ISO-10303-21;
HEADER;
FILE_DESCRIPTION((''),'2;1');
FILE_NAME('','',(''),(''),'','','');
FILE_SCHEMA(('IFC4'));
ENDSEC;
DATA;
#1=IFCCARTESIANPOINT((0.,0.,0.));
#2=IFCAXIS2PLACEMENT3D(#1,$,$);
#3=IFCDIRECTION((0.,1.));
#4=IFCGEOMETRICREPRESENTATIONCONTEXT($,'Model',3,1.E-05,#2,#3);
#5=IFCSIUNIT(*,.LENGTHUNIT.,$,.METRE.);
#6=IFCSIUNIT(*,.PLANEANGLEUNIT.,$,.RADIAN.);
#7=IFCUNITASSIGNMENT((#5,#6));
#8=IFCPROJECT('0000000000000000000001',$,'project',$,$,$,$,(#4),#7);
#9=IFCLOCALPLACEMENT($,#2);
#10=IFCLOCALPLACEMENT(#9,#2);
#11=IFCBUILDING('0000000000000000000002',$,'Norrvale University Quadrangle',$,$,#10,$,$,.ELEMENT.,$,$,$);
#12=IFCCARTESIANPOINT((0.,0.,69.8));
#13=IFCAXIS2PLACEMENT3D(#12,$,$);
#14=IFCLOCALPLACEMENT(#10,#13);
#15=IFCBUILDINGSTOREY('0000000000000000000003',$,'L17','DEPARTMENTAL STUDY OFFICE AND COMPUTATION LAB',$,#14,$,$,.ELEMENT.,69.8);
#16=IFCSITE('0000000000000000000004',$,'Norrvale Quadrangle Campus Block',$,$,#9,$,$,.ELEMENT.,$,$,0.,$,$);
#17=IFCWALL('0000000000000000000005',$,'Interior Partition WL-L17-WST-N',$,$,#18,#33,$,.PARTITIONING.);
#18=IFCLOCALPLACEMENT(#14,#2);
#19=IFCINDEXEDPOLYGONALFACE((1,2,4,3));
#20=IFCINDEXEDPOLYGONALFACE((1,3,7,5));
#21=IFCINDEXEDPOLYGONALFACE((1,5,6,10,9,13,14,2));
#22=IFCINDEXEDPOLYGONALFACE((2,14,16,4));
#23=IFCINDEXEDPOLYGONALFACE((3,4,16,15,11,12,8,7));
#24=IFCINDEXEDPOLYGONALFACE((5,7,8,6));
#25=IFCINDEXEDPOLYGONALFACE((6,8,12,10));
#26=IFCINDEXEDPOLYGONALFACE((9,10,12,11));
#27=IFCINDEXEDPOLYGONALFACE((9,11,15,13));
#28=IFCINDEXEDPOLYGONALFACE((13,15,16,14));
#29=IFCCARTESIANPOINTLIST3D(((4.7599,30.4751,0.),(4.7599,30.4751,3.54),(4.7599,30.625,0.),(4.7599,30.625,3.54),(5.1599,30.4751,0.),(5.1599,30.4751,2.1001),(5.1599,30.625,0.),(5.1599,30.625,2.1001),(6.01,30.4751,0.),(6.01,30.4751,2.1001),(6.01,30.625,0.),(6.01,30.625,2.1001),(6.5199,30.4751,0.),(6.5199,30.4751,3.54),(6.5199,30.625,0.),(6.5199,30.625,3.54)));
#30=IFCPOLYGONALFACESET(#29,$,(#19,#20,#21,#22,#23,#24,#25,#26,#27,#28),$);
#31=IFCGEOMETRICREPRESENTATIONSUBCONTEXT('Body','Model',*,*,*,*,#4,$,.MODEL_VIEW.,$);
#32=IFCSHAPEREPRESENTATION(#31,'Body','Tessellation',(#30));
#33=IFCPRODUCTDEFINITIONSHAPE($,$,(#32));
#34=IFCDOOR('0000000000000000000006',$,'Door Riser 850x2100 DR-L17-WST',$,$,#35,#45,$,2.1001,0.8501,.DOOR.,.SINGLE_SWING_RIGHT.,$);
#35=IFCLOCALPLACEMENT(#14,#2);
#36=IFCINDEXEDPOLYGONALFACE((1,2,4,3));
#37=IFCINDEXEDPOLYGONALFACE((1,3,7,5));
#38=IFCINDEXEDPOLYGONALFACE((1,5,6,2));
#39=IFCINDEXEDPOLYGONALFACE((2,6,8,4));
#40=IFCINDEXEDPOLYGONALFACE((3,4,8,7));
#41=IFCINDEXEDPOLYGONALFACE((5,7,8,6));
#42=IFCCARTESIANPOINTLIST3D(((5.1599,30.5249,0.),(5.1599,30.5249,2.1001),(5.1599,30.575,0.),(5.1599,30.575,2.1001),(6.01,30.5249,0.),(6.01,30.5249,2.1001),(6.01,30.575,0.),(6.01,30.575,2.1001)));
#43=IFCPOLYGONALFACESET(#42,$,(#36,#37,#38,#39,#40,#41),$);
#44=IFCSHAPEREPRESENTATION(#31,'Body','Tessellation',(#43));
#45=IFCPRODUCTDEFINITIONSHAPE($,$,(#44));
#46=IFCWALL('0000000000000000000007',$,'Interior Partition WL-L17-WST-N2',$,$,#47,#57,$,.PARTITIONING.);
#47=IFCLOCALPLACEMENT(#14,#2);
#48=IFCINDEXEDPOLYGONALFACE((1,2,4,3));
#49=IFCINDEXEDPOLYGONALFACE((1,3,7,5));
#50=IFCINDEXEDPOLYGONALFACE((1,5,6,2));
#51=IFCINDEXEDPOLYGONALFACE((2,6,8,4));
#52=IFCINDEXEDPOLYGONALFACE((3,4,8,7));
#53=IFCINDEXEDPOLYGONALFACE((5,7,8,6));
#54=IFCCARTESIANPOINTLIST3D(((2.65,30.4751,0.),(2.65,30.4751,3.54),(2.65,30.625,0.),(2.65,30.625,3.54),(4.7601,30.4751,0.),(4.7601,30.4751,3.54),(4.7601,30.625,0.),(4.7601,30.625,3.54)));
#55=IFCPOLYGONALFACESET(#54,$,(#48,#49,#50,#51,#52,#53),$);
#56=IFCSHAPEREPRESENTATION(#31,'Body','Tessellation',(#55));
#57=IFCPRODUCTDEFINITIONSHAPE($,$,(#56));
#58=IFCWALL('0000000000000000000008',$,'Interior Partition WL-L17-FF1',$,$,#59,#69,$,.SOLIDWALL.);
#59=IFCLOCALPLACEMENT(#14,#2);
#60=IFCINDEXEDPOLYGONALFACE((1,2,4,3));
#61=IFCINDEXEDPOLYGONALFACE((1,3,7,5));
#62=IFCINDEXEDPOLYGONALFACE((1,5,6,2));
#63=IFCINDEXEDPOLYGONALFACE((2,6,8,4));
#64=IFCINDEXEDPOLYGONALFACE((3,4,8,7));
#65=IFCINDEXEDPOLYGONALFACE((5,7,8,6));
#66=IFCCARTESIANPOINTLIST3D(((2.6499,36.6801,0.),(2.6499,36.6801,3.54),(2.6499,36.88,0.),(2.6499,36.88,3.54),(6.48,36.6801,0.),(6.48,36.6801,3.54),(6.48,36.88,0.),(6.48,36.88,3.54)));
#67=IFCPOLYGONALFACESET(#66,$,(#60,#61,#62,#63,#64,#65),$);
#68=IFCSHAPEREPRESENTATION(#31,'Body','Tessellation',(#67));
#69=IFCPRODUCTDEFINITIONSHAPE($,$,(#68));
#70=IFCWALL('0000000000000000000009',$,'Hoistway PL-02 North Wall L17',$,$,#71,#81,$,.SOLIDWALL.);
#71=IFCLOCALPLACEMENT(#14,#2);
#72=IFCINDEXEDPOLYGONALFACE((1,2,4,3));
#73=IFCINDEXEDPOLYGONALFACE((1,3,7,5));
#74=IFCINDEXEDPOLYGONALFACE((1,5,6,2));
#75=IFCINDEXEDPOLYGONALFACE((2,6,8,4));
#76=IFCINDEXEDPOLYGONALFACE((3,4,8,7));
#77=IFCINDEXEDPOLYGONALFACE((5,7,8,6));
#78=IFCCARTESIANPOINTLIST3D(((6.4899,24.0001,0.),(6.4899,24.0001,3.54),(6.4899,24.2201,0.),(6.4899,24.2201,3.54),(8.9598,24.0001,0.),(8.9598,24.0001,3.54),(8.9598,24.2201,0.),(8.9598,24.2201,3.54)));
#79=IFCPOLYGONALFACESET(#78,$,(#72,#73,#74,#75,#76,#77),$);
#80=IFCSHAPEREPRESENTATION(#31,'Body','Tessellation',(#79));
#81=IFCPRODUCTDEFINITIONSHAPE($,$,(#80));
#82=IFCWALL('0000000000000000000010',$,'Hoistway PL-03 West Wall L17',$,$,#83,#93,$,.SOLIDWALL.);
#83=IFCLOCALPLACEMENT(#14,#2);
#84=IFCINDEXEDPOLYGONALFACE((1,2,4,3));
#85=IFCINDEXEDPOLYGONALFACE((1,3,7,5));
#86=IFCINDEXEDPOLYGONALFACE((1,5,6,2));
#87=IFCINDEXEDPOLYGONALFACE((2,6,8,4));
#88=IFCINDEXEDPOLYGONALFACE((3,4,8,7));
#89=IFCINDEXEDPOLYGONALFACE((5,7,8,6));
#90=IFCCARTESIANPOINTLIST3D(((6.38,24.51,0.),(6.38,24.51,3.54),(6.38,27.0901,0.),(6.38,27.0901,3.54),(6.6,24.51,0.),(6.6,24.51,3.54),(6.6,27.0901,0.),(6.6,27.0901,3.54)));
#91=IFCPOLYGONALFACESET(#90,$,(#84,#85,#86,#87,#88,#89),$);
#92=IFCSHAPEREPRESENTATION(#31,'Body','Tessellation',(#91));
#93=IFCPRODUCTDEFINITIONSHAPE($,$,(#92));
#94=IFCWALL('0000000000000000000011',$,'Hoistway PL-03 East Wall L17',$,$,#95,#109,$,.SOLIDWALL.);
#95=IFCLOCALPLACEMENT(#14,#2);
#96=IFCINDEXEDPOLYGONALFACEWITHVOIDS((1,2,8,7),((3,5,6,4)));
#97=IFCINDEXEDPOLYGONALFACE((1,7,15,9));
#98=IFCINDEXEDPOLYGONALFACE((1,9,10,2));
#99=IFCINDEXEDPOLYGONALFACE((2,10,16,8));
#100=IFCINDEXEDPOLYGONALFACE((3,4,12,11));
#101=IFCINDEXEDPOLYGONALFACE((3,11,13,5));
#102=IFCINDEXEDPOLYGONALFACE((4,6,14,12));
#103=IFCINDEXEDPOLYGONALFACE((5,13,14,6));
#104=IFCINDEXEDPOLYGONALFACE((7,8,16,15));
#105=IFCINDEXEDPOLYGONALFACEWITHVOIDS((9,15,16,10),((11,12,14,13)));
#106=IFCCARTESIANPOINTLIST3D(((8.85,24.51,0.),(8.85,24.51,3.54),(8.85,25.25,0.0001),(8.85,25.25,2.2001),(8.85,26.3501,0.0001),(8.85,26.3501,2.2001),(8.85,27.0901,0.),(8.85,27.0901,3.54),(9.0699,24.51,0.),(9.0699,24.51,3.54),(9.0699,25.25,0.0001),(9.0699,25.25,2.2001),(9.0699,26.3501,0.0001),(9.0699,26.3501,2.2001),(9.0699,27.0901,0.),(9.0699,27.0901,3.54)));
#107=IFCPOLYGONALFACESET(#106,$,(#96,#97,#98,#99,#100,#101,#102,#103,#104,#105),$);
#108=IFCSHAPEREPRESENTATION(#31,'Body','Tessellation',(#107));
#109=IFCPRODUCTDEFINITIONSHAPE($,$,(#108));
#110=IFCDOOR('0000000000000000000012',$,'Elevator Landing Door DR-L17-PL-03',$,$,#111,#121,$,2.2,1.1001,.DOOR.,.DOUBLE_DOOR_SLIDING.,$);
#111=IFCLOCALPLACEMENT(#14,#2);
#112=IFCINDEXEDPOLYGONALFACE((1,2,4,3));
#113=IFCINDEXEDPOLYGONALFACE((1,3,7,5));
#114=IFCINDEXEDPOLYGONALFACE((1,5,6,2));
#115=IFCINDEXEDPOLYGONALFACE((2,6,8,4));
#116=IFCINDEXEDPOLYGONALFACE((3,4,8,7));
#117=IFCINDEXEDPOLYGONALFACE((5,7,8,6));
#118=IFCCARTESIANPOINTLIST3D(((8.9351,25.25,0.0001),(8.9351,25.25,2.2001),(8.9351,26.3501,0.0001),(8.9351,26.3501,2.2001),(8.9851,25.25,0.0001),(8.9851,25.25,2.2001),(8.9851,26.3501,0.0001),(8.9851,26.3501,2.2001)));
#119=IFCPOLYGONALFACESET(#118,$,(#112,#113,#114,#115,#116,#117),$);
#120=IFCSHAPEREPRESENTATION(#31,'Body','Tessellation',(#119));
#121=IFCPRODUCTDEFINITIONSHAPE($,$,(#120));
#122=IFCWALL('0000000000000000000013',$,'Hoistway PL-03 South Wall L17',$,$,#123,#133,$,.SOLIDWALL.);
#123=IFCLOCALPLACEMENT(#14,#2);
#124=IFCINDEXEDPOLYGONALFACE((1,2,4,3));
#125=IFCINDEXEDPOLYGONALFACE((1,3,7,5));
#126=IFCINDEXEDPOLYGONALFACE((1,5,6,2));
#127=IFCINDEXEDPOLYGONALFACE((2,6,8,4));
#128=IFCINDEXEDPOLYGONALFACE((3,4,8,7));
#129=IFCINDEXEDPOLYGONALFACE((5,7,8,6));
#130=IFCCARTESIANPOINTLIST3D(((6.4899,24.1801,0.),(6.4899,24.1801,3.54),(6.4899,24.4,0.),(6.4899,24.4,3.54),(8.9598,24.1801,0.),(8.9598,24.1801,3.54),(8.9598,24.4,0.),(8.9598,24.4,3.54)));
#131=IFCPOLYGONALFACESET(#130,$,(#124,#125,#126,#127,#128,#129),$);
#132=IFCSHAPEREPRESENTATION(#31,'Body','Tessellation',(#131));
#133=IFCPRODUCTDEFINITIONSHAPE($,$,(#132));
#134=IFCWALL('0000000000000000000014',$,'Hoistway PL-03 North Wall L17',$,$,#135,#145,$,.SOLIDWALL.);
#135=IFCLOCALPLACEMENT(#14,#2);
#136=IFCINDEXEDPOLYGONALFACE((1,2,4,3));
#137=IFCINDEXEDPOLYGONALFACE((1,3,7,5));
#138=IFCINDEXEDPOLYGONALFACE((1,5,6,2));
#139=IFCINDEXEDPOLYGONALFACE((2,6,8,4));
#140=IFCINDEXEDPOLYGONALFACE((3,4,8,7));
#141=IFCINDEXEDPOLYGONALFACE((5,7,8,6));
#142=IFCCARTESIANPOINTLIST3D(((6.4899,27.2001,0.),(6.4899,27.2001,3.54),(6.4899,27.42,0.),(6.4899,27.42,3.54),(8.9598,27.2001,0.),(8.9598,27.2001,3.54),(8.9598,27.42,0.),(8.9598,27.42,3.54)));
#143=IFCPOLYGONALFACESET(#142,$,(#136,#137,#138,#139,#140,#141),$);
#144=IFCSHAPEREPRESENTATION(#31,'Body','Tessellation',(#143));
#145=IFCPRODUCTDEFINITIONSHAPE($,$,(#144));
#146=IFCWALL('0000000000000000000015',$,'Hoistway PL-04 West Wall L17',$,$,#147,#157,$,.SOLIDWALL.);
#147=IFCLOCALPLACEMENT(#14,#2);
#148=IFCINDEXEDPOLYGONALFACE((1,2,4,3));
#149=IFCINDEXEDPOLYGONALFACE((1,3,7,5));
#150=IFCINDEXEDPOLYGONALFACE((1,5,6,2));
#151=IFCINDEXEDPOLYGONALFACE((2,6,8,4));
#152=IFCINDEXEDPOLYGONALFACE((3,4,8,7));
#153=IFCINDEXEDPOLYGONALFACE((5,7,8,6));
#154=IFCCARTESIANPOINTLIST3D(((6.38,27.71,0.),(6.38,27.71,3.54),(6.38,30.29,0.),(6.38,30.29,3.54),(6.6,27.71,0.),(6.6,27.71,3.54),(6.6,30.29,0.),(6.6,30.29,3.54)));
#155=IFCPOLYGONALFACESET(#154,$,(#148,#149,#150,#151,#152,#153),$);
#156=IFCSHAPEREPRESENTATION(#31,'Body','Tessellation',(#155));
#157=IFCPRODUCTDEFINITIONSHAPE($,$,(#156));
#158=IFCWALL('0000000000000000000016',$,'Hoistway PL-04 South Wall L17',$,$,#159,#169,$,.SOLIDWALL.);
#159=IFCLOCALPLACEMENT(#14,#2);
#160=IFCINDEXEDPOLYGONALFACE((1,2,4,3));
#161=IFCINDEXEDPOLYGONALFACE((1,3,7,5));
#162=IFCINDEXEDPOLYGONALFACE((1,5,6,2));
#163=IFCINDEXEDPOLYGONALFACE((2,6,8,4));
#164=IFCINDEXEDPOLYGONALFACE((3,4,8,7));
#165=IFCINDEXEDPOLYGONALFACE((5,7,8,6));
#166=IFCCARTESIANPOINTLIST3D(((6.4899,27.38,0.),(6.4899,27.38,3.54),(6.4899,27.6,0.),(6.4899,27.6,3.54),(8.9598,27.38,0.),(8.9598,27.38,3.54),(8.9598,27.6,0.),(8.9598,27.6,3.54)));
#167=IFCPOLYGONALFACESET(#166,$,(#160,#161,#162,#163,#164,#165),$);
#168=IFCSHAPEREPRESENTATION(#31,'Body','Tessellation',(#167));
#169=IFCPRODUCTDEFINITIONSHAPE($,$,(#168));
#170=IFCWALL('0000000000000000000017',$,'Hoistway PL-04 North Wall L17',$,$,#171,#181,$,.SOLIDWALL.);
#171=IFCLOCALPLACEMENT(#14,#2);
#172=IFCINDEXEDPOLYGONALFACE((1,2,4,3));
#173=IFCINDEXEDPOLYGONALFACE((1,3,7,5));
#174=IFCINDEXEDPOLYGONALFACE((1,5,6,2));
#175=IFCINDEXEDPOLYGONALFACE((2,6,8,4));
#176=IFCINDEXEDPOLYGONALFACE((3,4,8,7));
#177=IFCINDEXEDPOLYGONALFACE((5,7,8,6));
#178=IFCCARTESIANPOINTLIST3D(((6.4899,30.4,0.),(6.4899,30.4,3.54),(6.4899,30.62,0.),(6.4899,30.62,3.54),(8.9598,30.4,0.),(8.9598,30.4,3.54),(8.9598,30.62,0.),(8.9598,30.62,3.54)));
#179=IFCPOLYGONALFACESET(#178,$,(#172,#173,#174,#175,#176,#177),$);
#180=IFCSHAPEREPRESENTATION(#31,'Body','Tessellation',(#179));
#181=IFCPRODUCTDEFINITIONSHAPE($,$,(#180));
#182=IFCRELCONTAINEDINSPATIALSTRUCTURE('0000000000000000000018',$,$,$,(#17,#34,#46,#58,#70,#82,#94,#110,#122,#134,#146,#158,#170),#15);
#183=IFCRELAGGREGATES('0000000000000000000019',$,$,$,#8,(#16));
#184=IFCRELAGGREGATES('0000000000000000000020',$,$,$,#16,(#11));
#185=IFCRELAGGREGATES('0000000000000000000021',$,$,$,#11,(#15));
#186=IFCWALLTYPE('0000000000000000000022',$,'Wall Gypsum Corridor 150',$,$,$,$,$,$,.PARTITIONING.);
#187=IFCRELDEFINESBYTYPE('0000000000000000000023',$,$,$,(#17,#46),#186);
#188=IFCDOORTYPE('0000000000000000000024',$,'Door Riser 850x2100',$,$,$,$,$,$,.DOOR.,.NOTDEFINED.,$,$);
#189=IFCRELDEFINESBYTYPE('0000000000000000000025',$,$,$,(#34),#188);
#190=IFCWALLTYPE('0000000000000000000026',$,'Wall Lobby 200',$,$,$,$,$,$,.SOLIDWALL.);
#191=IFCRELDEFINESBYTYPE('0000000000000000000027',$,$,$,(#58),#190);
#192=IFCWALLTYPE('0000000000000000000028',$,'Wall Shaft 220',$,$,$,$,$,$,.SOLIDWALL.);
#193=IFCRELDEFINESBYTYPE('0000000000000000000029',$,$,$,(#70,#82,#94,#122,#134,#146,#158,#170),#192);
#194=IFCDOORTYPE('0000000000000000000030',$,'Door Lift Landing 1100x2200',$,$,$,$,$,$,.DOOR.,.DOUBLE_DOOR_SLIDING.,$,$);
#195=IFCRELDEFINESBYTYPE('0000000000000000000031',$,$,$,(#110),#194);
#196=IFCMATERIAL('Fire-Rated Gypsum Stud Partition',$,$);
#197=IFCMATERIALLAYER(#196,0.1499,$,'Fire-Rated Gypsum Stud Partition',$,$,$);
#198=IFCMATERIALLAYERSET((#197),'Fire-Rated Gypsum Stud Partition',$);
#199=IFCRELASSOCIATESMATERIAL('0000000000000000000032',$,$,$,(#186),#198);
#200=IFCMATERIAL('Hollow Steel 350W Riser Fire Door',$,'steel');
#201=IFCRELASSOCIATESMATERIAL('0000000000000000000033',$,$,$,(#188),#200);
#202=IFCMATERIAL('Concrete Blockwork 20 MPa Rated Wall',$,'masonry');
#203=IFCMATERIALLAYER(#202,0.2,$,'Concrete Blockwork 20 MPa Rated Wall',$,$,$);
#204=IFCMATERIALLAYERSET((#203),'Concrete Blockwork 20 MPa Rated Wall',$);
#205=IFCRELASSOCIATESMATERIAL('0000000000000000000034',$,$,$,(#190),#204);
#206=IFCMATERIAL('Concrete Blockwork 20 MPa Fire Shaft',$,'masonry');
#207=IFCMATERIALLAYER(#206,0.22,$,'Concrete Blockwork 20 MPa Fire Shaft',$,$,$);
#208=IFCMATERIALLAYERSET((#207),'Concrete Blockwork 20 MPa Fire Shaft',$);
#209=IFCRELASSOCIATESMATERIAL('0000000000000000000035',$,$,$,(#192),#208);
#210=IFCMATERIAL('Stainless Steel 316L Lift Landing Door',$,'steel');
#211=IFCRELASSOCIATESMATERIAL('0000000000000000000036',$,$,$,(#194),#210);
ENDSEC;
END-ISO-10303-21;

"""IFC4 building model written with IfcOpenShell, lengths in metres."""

from ifc_helpers import new_model, si_unit, direction, frame, frame_2d, origin, place, context, subcontext, project, spatial, rectangle, extrude, material, layer, layer_set, type_object, element, fill, save


model = new_model("IFC4")

# Units and contexts
model_context = context("Model", 3, precision=1e-05, world=origin(), true_north=direction((0.0, 1.0)))
body_context = subcontext(model_context, "Body", "Model", "MODEL_VIEW")
ifc_project = project(units=[si_unit("LENGTHUNIT", "METRE"), si_unit("PLANEANGLEUNIT", "RADIAN")], contexts=[model_context])

# Site, building, storey
site_placement = place(None, origin())
site = spatial("IfcSite", under=ifc_project, at=site_placement, Name="Norrvale Quadrangle Campus Block", CompositionType="ELEMENT", RefElevation=0.0)
building_placement = place(site_placement, origin())
building = spatial("IfcBuilding", under=site, at=building_placement, Name="Norrvale University Quadrangle", CompositionType="ELEMENT")
storey_placement = place(building_placement, frame((0.0, 0.0, 69.8)))
storey = spatial("IfcBuildingStorey", under=building, at=storey_placement, Name="L17", Description="DEPARTMENTAL STUDY OFFICE AND COMPUTATION LAB", CompositionType="ELEMENT", Elevation=69.8)

# Wall, opening, door
ifc_material_1 = material(Name="Fire-Rated Gypsum Stud Partition")
ifc_layer_1 = layer(ifc_material_1, 0.1499, Name="Fire-Rated Gypsum Stud Partition")
ifc_layer_set_1 = layer_set([ifc_layer_1], Name="Fire-Rated Gypsum Stud Partition")
wall_type_1 = type_object("IfcWallType", Name="Wall Gypsum Corridor 150", PredefinedType="PARTITIONING", material=ifc_layer_set_1)
ifc_material_2 = material(Name="Hollow Steel 350W Riser Fire Door", Category="steel")
door_type_1 = type_object("IfcDoorType", Name="Door Riser 850x2100", OperationType="NOTDEFINED", PredefinedType="DOOR", material=ifc_material_2)
wall_1_placement = place(storey_placement, frame((4.76, 30.55, 0.0), z_axis=(0.0, 0.0, 1.0), x_axis=(1.0, 0.0, 0.0)))
wall_1 = element("IfcWall", 1, at=wall_1_placement, inside=storey, type_object=wall_type_1, Name="Interior Partition WL-L17-WST-N", PredefinedType="PARTITIONING", context=body_context, shape_type="SweptSolid", body=[
    extrude(rectangle(XDim=1.76, YDim=0.1499, at=frame_2d((0.8799, 0.0))), origin(), (0.0, 0.0, 1.0), 3.54),
])
opening_1_placement = place(wall_1_placement, frame((0.3999, 0.0, 0.0)))
opening_1 = element("IfcOpeningElement", 2, at=opening_1_placement, cuts=wall_1, PredefinedType="OPENING", context=body_context, shape_type="SweptSolid", body=[
    extrude(rectangle(XDim=0.8501, YDim=2.1001, at=frame_2d((0.425, 1.05))), frame((0.0, 0.0869, 0.0), z_axis=(0.0, -1.0, 0.0), x_axis=(1.0, 0.0, 0.0)), (0.0, 0.0, 1.0), 0.1738),
])
door_1_placement = place(opening_1_placement, origin())
door_1 = element("IfcDoor", 3, at=door_1_placement, inside=storey, type_object=door_type_1, Name="Door Riser 850x2100 DR-L17-WST", OperationType="SINGLE_SWING_RIGHT", OverallHeight=2.1001, OverallWidth=0.8501, PredefinedType="DOOR", context=body_context, shape_type="SweptSolid", body=[
    extrude(rectangle(XDim=0.8501, YDim=2.1001, at=frame_2d((0.425, 1.05))), frame((0.0, 0.0249, 0.0), z_axis=(0.0, -1.0, 0.0), x_axis=(1.0, 0.0, 0.0)), (0.0, 0.0, 1.0), 0.05),
])
fill(opening_1, door_1)

# Walls
wall_2_placement = place(storey_placement, frame((2.6499, 30.55, 0.0), z_axis=(0.0, 0.0, 1.0), x_axis=(1.0, 0.0, 0.0)))
element("IfcWall", 4, at=wall_2_placement, inside=storey, type_object=wall_type_1, Name="Interior Partition WL-L17-WST-N2", PredefinedType="PARTITIONING", context=body_context, shape_type="SweptSolid", body=[
    extrude(rectangle(XDim=2.1101, YDim=0.1499, at=frame_2d((1.0552, 0.0))), origin(), (0.0, 0.0, 1.0), 3.54),
])
ifc_material_3 = material(Name="Concrete Blockwork 20 MPa Rated Wall", Category="masonry")
ifc_layer_2 = layer(ifc_material_3, 0.2, Name="Concrete Blockwork 20 MPa Rated Wall")
ifc_layer_set_2 = layer_set([ifc_layer_2], Name="Concrete Blockwork 20 MPa Rated Wall")
wall_type_2 = type_object("IfcWallType", Name="Wall Lobby 200", PredefinedType="SOLIDWALL", material=ifc_layer_set_2)
wall_3_placement = place(storey_placement, frame((2.6499, 36.78, 0.0), z_axis=(0.0, 0.0, 1.0), x_axis=(1.0, 0.0, 0.0)))
element("IfcWall", 5, at=wall_3_placement, inside=storey, type_object=wall_type_2, Name="Interior Partition WL-L17-FF1", PredefinedType="SOLIDWALL", context=body_context, shape_type="SweptSolid", body=[
    extrude(rectangle(XDim=3.8301, YDim=0.2, at=frame_2d((1.915, 0.0))), origin(), (0.0, 0.0, 1.0), 3.54),
])
ifc_material_4 = material(Name="Concrete Blockwork 20 MPa Fire Shaft", Category="masonry")
ifc_layer_3 = layer(ifc_material_4, 0.22, Name="Concrete Blockwork 20 MPa Fire Shaft")
ifc_layer_set_3 = layer_set([ifc_layer_3], Name="Concrete Blockwork 20 MPa Fire Shaft")
wall_type_3 = type_object("IfcWallType", Name="Wall Shaft 220", PredefinedType="SOLIDWALL", material=ifc_layer_set_3)
wall_4_placement = place(storey_placement, frame((6.49, 24.1101, 0.0), z_axis=(0.0, 0.0, 1.0), x_axis=(1.0, 0.0, 0.0)))
element("IfcWall", 6, at=wall_4_placement, inside=storey, type_object=wall_type_3, Name="Hoistway PL-02 North Wall L17", PredefinedType="SOLIDWALL", context=body_context, shape_type="SweptSolid", body=[
    extrude(rectangle(XDim=2.47, YDim=0.22, at=frame_2d((1.2349, 0.0))), origin(), (0.0, 0.0, 1.0), 3.54),
])
wall_5_placement = place(storey_placement, frame((6.49, 24.51, 0.0), z_axis=(0.0, 0.0, 1.0), x_axis=(0.0, 1.0, 0.0)))
element("IfcWall", 7, at=wall_5_placement, inside=storey, type_object=wall_type_3, Name="Hoistway PL-03 West Wall L17", PredefinedType="SOLIDWALL", context=body_context, shape_type="SweptSolid", body=[
    extrude(rectangle(XDim=2.5801, YDim=0.22, at=frame_2d((1.29, 0.0))), origin(), (0.0, 0.0, 1.0), 3.54),
])

# Wall, opening, door
wall_6_placement = place(storey_placement, frame((8.96, 24.51, 0.0), z_axis=(0.0, 0.0, 1.0), x_axis=(0.0, 1.0, 0.0)))
wall_6 = element("IfcWall", 8, at=wall_6_placement, inside=storey, type_object=wall_type_3, Name="Hoistway PL-03 East Wall L17", PredefinedType="SOLIDWALL", context=body_context, shape_type="SweptSolid", body=[
    extrude(rectangle(XDim=2.5801, YDim=0.22, at=frame_2d((1.29, 0.0))), origin(), (0.0, 0.0, 1.0), 3.54),
])
opening_2_placement = place(wall_6_placement, frame((0.74, 0.0, 0.0)))
opening_2 = element("IfcOpeningElement", 9, at=opening_2_placement, cuts=wall_6, PredefinedType="OPENING", context=body_context, shape_type="SweptSolid", body=[
    extrude(rectangle(XDim=1.1001, YDim=2.2, at=frame_2d((0.55, 1.1001))), frame((0.0, 0.1221, 0.0), z_axis=(0.0, -1.0, 0.0), x_axis=(1.0, 0.0, 0.0)), (0.0, 0.0, 1.0), 0.2439),
])
ifc_material_5 = material(Name="Stainless Steel 316L Lift Landing Door", Category="steel")
door_type_2 = type_object("IfcDoorType", Name="Door Lift Landing 1100x2200", OperationType="DOUBLE_DOOR_SLIDING", PredefinedType="DOOR", material=ifc_material_5)
door_2_placement = place(opening_2_placement, origin())
door_2 = element("IfcDoor", 10, at=door_2_placement, inside=storey, type_object=door_type_2, Name="Elevator Landing Door DR-L17-PL-03", OperationType="DOUBLE_DOOR_SLIDING", OverallHeight=2.2, OverallWidth=1.1001, PredefinedType="DOOR", context=body_context, shape_type="SweptSolid", body=[
    extrude(rectangle(XDim=1.1001, YDim=2.2, at=frame_2d((0.55, 1.1001))), frame((0.0, 0.0249, 0.0), z_axis=(0.0, -1.0, 0.0), x_axis=(1.0, 0.0, 0.0)), (0.0, 0.0, 1.0), 0.05),
])
fill(opening_2, door_2)

# Walls
for number, where, z_axis, x_axis, name in (
    (11, (6.49, 24.29, 0.0), (0.0, 0.0, 1.0), (1.0, 0.0, 0.0), "Hoistway PL-03 South Wall L17"),
    (12, (6.49, 27.3101, 0.0), (0.0, 0.0, 1.0), (1.0, 0.0, 0.0), "Hoistway PL-03 North Wall L17"),
):
    element("IfcWall", number, at=place(storey_placement, frame(where, z_axis=z_axis, x_axis=x_axis)), inside=storey, type_object=wall_type_3, Name=name, PredefinedType="SOLIDWALL", context=body_context, shape_type="SweptSolid", body=[
        extrude(rectangle(XDim=2.47, YDim=0.22, at=frame_2d((1.2349, 0.0))), origin(), (0.0, 0.0, 1.0), 3.54),
    ])
wall_7_placement = place(storey_placement, frame((6.49, 27.71, 0.0), z_axis=(0.0, 0.0, 1.0), x_axis=(0.0, 1.0, 0.0)))
element("IfcWall", 13, at=wall_7_placement, inside=storey, type_object=wall_type_3, Name="Hoistway PL-04 West Wall L17", PredefinedType="SOLIDWALL", context=body_context, shape_type="SweptSolid", body=[
    extrude(rectangle(XDim=2.5801, YDim=0.22, at=frame_2d((1.29, 0.0))), origin(), (0.0, 0.0, 1.0), 3.54),
])
for number, where, z_axis, x_axis, name in (
    (14, (6.49, 27.49, 0.0), (0.0, 0.0, 1.0), (1.0, 0.0, 0.0), "Hoistway PL-04 South Wall L17"),
    (15, (6.49, 30.51, 0.0), (0.0, 0.0, 1.0), (1.0, 0.0, 0.0), "Hoistway PL-04 North Wall L17"),
):
    element("IfcWall", number, at=place(storey_placement, frame(where, z_axis=z_axis, x_axis=x_axis)), inside=storey, type_object=wall_type_3, Name=name, PredefinedType="SOLIDWALL", context=body_context, shape_type="SweptSolid", body=[
        extrude(rectangle(XDim=2.47, YDim=0.22, at=frame_2d((1.2349, 0.0))), origin(), (0.0, 0.0, 1.0), 3.54),
    ])

save(model, "model.ifc")
